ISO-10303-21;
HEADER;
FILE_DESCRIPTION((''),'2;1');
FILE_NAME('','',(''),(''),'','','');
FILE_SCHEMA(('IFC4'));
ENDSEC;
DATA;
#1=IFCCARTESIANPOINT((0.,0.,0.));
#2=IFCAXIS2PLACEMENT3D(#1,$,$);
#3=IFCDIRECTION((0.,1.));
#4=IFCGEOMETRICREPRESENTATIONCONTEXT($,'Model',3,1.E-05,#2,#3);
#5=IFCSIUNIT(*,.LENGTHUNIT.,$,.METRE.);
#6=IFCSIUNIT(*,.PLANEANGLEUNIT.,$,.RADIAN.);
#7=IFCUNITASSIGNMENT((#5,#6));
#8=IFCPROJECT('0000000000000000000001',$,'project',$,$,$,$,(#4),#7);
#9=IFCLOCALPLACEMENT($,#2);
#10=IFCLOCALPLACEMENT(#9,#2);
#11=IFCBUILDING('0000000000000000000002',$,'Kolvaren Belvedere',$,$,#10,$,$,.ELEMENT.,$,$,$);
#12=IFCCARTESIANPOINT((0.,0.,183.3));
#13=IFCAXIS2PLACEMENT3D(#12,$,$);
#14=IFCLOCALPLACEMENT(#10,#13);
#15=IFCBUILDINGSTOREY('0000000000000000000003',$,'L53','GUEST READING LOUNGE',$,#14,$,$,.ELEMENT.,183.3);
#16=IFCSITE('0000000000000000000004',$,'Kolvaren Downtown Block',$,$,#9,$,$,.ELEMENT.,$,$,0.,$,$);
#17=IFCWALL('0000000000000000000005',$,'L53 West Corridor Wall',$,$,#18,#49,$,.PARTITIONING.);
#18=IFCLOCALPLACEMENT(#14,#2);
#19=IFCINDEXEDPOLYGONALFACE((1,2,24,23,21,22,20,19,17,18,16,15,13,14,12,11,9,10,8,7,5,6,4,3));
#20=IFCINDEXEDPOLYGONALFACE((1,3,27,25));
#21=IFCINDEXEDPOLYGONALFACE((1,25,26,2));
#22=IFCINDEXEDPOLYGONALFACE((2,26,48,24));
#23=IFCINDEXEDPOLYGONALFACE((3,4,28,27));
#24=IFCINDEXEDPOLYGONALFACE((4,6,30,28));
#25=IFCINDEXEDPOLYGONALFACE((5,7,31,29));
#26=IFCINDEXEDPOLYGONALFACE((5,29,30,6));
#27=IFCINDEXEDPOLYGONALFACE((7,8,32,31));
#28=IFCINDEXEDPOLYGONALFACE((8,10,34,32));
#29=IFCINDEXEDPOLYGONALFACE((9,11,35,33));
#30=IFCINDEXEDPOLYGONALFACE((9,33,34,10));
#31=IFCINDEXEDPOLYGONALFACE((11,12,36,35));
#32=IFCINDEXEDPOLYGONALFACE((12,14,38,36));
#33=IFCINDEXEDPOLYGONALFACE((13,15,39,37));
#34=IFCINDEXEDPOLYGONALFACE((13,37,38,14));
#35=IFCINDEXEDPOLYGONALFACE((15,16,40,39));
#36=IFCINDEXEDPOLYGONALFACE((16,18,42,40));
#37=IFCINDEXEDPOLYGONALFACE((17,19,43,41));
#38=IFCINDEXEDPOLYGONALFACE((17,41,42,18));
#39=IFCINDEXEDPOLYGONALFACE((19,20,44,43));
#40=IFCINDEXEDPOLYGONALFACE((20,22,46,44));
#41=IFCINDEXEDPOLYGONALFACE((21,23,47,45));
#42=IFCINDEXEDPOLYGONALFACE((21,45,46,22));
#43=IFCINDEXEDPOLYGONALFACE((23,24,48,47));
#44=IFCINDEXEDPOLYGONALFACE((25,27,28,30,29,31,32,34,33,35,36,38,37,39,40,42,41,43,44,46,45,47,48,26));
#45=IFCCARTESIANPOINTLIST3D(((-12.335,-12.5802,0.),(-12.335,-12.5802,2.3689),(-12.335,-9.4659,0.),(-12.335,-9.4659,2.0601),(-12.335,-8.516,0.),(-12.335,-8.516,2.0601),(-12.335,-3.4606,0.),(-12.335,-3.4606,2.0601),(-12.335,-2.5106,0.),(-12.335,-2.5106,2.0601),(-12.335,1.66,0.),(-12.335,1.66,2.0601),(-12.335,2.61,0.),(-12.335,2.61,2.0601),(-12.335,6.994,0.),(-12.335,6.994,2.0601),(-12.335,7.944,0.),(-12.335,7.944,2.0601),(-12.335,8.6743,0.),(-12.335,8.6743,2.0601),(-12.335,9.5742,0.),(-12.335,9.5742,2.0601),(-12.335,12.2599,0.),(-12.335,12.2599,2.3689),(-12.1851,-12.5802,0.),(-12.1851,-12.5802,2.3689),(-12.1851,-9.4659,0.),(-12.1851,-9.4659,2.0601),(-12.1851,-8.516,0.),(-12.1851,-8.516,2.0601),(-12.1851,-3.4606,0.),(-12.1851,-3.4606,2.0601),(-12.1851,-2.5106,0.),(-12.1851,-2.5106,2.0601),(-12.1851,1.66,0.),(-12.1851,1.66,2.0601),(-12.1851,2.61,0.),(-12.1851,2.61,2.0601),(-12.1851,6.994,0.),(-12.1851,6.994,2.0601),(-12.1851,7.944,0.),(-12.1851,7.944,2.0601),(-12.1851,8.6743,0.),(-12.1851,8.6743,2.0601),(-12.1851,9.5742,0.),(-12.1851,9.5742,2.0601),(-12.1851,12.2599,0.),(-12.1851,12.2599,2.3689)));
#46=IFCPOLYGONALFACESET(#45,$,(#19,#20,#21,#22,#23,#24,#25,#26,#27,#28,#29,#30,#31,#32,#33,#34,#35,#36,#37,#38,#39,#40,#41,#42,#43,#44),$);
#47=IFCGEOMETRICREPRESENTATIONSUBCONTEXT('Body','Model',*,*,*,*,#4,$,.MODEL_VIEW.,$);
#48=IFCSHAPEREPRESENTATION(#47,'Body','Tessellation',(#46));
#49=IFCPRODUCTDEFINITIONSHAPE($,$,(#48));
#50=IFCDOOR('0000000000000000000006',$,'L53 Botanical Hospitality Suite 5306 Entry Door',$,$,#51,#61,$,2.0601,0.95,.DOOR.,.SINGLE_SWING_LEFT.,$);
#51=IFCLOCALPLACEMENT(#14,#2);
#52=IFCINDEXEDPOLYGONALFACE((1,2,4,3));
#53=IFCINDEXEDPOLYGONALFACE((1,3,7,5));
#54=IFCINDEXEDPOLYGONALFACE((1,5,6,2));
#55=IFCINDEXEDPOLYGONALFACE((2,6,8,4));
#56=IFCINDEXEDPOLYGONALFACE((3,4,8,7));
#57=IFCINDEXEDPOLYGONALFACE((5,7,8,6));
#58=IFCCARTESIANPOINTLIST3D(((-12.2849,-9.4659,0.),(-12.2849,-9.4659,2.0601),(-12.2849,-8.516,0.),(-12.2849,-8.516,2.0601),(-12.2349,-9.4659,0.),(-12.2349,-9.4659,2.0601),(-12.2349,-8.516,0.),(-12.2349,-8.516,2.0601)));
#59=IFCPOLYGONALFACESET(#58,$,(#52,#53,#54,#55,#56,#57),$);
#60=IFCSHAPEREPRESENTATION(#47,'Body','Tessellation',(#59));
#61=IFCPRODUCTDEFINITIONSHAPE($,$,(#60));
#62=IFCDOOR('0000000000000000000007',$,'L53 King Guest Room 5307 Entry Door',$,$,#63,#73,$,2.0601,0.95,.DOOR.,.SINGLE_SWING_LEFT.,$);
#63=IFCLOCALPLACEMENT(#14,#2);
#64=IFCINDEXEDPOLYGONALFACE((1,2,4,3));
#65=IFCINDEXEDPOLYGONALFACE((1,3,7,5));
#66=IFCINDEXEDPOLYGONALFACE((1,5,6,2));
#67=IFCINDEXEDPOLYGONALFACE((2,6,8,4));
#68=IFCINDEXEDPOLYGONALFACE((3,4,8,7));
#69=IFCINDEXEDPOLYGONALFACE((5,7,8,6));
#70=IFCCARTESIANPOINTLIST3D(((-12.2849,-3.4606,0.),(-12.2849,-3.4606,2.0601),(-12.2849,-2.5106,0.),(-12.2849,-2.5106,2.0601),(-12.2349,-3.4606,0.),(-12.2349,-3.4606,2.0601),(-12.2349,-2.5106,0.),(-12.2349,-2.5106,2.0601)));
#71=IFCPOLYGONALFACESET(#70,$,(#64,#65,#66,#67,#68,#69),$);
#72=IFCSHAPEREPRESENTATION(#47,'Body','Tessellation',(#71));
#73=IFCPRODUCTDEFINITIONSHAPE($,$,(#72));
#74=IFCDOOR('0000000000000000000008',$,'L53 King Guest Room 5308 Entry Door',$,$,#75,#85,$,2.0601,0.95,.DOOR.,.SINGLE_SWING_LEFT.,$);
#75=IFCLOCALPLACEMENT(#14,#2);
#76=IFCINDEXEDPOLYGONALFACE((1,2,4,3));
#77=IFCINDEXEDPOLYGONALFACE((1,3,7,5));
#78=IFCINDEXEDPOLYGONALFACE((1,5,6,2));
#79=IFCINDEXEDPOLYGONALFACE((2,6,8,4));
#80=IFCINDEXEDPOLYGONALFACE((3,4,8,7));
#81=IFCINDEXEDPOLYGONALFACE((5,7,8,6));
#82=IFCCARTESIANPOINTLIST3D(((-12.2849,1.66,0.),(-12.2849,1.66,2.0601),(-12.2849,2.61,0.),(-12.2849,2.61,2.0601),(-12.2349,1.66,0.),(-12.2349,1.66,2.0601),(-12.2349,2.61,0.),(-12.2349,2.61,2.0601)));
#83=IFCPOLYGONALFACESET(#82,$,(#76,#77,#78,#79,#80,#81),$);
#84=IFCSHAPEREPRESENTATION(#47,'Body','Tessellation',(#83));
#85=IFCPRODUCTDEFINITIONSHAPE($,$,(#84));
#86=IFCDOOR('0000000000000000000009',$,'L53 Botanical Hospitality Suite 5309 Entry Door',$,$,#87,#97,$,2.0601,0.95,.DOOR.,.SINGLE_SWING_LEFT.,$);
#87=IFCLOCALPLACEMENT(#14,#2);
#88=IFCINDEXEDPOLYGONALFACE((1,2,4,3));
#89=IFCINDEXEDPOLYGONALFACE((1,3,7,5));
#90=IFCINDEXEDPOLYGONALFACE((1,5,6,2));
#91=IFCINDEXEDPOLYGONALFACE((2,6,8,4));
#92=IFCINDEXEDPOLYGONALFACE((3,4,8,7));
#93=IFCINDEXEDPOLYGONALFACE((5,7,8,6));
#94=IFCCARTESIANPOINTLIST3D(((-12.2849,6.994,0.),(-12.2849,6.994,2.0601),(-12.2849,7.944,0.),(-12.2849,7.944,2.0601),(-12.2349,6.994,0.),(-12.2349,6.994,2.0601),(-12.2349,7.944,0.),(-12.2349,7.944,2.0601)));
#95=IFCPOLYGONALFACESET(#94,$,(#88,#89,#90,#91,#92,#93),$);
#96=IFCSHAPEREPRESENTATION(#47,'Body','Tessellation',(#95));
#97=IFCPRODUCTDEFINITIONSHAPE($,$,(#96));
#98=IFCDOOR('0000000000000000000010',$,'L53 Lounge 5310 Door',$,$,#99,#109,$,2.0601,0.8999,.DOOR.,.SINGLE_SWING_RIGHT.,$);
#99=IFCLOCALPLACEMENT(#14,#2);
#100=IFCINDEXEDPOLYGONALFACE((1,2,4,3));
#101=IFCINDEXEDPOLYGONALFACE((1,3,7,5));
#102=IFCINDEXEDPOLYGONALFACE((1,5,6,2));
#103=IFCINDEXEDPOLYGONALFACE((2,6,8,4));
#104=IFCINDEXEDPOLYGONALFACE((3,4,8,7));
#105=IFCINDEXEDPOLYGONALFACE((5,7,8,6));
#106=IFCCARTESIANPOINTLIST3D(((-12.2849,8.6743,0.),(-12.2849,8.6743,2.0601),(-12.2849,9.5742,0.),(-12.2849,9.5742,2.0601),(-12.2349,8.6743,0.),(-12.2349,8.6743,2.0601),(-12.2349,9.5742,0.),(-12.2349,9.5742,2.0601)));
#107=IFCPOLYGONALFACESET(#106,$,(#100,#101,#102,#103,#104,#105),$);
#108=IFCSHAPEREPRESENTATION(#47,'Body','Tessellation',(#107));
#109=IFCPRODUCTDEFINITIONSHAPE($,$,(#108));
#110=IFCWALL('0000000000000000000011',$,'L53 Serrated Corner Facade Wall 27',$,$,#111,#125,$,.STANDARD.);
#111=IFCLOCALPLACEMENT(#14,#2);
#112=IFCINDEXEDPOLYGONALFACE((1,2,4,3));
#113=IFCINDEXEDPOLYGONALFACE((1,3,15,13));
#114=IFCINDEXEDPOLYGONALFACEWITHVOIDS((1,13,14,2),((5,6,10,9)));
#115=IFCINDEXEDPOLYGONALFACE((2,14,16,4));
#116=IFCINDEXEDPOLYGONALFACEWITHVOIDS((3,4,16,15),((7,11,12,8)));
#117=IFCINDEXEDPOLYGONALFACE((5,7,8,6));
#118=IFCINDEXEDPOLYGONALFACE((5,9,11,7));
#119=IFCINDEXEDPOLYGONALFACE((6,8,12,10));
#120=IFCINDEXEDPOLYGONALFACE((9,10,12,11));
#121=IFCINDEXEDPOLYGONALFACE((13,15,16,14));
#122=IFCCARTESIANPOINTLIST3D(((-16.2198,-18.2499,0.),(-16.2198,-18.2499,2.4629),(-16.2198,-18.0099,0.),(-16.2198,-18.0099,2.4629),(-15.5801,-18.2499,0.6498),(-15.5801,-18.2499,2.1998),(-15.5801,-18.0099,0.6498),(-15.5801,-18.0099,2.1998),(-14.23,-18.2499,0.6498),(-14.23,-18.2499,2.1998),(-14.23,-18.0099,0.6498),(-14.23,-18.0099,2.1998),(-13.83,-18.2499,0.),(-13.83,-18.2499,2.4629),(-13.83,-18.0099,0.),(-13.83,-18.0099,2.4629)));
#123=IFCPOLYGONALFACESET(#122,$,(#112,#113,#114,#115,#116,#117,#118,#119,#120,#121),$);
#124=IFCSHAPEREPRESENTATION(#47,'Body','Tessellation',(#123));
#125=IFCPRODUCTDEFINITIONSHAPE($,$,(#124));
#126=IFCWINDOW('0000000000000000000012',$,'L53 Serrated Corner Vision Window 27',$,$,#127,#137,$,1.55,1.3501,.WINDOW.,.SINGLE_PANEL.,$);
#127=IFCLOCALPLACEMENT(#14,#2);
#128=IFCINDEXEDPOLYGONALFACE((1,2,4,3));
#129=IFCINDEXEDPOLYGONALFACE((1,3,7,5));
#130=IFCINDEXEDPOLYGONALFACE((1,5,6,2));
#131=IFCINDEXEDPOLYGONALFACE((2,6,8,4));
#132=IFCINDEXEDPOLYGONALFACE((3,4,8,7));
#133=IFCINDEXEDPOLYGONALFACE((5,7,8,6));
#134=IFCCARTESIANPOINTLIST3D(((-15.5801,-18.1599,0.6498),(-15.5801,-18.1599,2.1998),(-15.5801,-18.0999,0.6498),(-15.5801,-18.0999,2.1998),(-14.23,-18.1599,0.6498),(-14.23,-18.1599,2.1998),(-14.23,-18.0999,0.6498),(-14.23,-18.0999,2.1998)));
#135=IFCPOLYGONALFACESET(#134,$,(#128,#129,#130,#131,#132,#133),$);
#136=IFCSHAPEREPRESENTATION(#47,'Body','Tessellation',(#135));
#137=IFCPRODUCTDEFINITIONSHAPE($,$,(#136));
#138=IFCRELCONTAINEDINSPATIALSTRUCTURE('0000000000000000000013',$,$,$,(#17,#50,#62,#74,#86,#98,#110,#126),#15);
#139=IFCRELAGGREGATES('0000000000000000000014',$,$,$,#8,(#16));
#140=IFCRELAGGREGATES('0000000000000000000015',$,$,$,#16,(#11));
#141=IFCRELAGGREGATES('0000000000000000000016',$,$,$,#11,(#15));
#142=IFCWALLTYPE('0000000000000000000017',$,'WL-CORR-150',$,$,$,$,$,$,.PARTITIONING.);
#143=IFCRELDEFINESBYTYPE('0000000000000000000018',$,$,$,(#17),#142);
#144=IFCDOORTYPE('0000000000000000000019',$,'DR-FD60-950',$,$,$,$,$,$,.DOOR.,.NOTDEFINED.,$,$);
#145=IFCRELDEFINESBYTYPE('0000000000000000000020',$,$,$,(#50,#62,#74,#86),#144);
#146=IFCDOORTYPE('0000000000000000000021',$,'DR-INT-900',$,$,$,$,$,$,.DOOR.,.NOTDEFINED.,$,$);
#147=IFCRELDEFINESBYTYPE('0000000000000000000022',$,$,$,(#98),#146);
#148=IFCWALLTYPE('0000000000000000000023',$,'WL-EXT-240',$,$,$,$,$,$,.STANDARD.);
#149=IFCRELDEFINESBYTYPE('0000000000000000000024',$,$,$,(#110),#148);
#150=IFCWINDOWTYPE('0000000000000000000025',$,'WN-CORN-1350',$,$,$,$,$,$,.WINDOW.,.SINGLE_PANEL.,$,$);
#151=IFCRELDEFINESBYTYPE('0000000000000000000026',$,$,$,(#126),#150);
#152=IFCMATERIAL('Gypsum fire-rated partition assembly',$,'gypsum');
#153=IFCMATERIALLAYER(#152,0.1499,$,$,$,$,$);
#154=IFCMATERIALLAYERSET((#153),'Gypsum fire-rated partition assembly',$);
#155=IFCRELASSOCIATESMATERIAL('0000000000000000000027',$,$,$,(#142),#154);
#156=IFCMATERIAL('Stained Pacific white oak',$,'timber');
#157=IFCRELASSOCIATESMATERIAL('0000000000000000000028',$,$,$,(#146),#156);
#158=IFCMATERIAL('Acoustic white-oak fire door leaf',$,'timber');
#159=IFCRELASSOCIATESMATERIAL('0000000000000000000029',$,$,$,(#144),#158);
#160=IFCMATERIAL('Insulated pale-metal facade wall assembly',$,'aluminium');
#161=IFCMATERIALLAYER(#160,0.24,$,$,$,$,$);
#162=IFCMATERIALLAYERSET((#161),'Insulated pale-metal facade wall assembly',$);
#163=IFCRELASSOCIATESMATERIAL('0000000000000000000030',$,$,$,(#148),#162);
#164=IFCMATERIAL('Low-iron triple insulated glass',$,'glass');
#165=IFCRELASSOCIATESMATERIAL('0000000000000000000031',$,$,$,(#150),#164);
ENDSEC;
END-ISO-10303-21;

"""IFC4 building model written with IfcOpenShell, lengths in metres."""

from ifc_helpers import new_model, si_unit, direction, frame, frame_2d, origin, place, context, subcontext, project, spatial, rectangle, extrude, material, layer, layer_set, type_object, element, fill, save


model = new_model("IFC4")

# Units and contexts
model_context = context("Model", 3, precision=1e-05, world=origin(), true_north=direction((0.0, 1.0)))
body_context = subcontext(model_context, "Body", "Model", "MODEL_VIEW")
ifc_project = project(units=[si_unit("LENGTHUNIT", "METRE"), si_unit("PLANEANGLEUNIT", "RADIAN")], contexts=[model_context])

# Site, building, storey
site_placement = place(None, origin())
site = spatial("IfcSite", under=ifc_project, at=site_placement, Name="Kolvaren Downtown Block", CompositionType="ELEMENT", RefElevation=0.0)
building_placement = place(site_placement, origin())
building = spatial("IfcBuilding", under=site, at=building_placement, Name="Kolvaren Belvedere", CompositionType="ELEMENT")
storey_placement = place(building_placement, frame((0.0, 0.0, 183.3)))
storey = spatial("IfcBuildingStorey", under=building, at=storey_placement, Name="L53", Description="GUEST READING LOUNGE", CompositionType="ELEMENT", Elevation=183.3)

# Wall, openings, doors
ifc_material_1 = material(Name="Gypsum fire-rated partition assembly", Category="gypsum")
ifc_layer_1 = layer(ifc_material_1, 0.1499)
ifc_layer_set_1 = layer_set([ifc_layer_1], Name="Gypsum fire-rated partition assembly")
wall_type_1 = type_object("IfcWallType", Name="WL-CORR-150", PredefinedType="PARTITIONING", material=ifc_layer_set_1)
ifc_material_2 = material(Name="Stained Pacific white oak", Category="timber")
door_type_1 = type_object("IfcDoorType", Name="DR-INT-900", OperationType="NOTDEFINED", PredefinedType="DOOR", material=ifc_material_2)
wall_1_placement = place(storey_placement, frame((-12.26, -12.5801, 0.0), z_axis=(0.0, 0.0, 1.0), x_axis=(0.0, 1.0, 0.0)))
wall_1 = element("IfcWall", 1, at=wall_1_placement, inside=storey, type_object=wall_type_1, Name="L53 West Corridor Wall", PredefinedType="PARTITIONING", context=body_context, shape_type="SweptSolid", body=[
    extrude(rectangle(XDim=24.8401, YDim=0.1499, at=frame_2d((12.4199, 0.0))), origin(), (0.0, 0.0, 1.0), 2.3689),
])
opening_1_placement = place(wall_1_placement, frame((3.114, 0.0, 0.0)))
opening_1 = element("IfcOpeningElement", 2, at=opening_1_placement, cuts=wall_1, PredefinedType="OPENING", context=body_context, shape_type="SweptSolid", body=[
    extrude(rectangle(XDim=0.95, YDim=2.0601, at=frame_2d((0.4751, 1.03))), frame((0.0, 0.085, 0.0), z_axis=(0.0, -1.0, 0.0), x_axis=(1.0, 0.0, 0.0)), (0.0, 0.0, 1.0), 0.1699),
])
opening_2_placement = place(wall_1_placement, frame((9.1194, 0.0, 0.0)))
opening_2 = element("IfcOpeningElement", 3, at=opening_2_placement, cuts=wall_1, PredefinedType="OPENING", context=body_context, shape_type="SweptSolid", body=[
    extrude(rectangle(XDim=0.95, YDim=2.0601, at=frame_2d((0.4751, 1.03))), frame((0.0, 0.085, 0.0), z_axis=(0.0, -1.0, 0.0), x_axis=(1.0, 0.0, 0.0)), (0.0, 0.0, 1.0), 0.1699),
])
opening_3_placement = place(wall_1_placement, frame((14.24, 0.0, 0.0)))
opening_3 = element("IfcOpeningElement", 4, at=opening_3_placement, cuts=wall_1, PredefinedType="OPENING", context=body_context, shape_type="SweptSolid", body=[
    extrude(rectangle(XDim=0.95, YDim=2.0601, at=frame_2d((0.4751, 1.03))), frame((0.0, 0.085, 0.0), z_axis=(0.0, -1.0, 0.0), x_axis=(1.0, 0.0, 0.0)), (0.0, 0.0, 1.0), 0.1699),
])
opening_4_placement = place(wall_1_placement, frame((19.574, 0.0, 0.0)))
opening_4 = element("IfcOpeningElement", 5, at=opening_4_placement, cuts=wall_1, PredefinedType="OPENING", context=body_context, shape_type="SweptSolid", body=[
    extrude(rectangle(XDim=0.95, YDim=2.0601, at=frame_2d((0.4751, 1.03))), frame((0.0, 0.085, 0.0), z_axis=(0.0, -1.0, 0.0), x_axis=(1.0, 0.0, 0.0)), (0.0, 0.0, 1.0), 0.1699),
])
opening_5_placement = place(wall_1_placement, frame((21.2544, 0.0, 0.0)))
opening_5 = element("IfcOpeningElement", 6, at=opening_5_placement, cuts=wall_1, PredefinedType="OPENING", context=body_context, shape_type="SweptSolid", body=[
    extrude(rectangle(XDim=0.8999, YDim=2.0601, at=frame_2d((0.45, 1.03))), frame((0.0, 0.085, 0.0), z_axis=(0.0, -1.0, 0.0), x_axis=(1.0, 0.0, 0.0)), (0.0, 0.0, 1.0), 0.1699),
])
ifc_material_3 = material(Name="Acoustic white-oak fire door leaf", Category="timber")
door_type_2 = type_object("IfcDoorType", Name="DR-FD60-950", OperationType="NOTDEFINED", PredefinedType="DOOR", material=ifc_material_3)
door_1_placement = place(opening_1_placement, origin())
door_1 = element("IfcDoor", 7, at=door_1_placement, inside=storey, type_object=door_type_2, Name="L53 Botanical Hospitality Suite 5306 Entry Door", OperationType="SINGLE_SWING_LEFT", OverallHeight=2.0601, OverallWidth=0.95, PredefinedType="DOOR", context=body_context, shape_type="SweptSolid", body=[
    extrude(rectangle(XDim=0.95, YDim=2.0601, at=frame_2d((0.4751, 1.03))), frame((0.0, 0.0249, 0.0), z_axis=(0.0, -1.0, 0.0), x_axis=(1.0, 0.0, 0.0)), (0.0, 0.0, 1.0), 0.05),
])
fill(opening_1, door_1)
door_2_placement = place(opening_2_placement, origin())
door_2 = element("IfcDoor", 8, at=door_2_placement, inside=storey, type_object=door_type_2, Name="L53 King Guest Room 5307 Entry Door", OperationType="SINGLE_SWING_LEFT", OverallHeight=2.0601, OverallWidth=0.95, PredefinedType="DOOR", context=body_context, shape_type="SweptSolid", body=[
    extrude(rectangle(XDim=0.95, YDim=2.0601, at=frame_2d((0.4751, 1.03))), frame((0.0, 0.0249, 0.0), z_axis=(0.0, -1.0, 0.0), x_axis=(1.0, 0.0, 0.0)), (0.0, 0.0, 1.0), 0.05),
])
fill(opening_2, door_2)
door_3_placement = place(opening_3_placement, origin())
door_3 = element("IfcDoor", 9, at=door_3_placement, inside=storey, type_object=door_type_2, Name="L53 King Guest Room 5308 Entry Door", OperationType="SINGLE_SWING_LEFT", OverallHeight=2.0601, OverallWidth=0.95, PredefinedType="DOOR", context=body_context, shape_type="SweptSolid", body=[
    extrude(rectangle(XDim=0.95, YDim=2.0601, at=frame_2d((0.4751, 1.03))), frame((0.0, 0.0249, 0.0), z_axis=(0.0, -1.0, 0.0), x_axis=(1.0, 0.0, 0.0)), (0.0, 0.0, 1.0), 0.05),
])
fill(opening_3, door_3)
door_4_placement = place(opening_4_placement, origin())
door_4 = element("IfcDoor", 10, at=door_4_placement, inside=storey, type_object=door_type_2, Name="L53 Botanical Hospitality Suite 5309 Entry Door", OperationType="SINGLE_SWING_LEFT", OverallHeight=2.0601, OverallWidth=0.95, PredefinedType="DOOR", context=body_context, shape_type="SweptSolid", body=[
    extrude(rectangle(XDim=0.95, YDim=2.0601, at=frame_2d((0.4751, 1.03))), frame((0.0, 0.0249, 0.0), z_axis=(0.0, -1.0, 0.0), x_axis=(1.0, 0.0, 0.0)), (0.0, 0.0, 1.0), 0.05),
])
fill(opening_4, door_4)
door_5_placement = place(opening_5_placement, origin())
door_5 = element("IfcDoor", 11, at=door_5_placement, inside=storey, type_object=door_type_1, Name="L53 Lounge 5310 Door", OperationType="SINGLE_SWING_RIGHT", OverallHeight=2.0601, OverallWidth=0.8999, PredefinedType="DOOR", context=body_context, shape_type="SweptSolid", body=[
    extrude(rectangle(XDim=0.8999, YDim=2.0601, at=frame_2d((0.45, 1.03))), frame((0.0, 0.0249, 0.0), z_axis=(0.0, -1.0, 0.0), x_axis=(1.0, 0.0, 0.0)), (0.0, 0.0, 1.0), 0.05),
])
fill(opening_5, door_5)

# Wall, opening, window
ifc_material_4 = material(Name="Insulated pale-metal facade wall assembly", Category="aluminium")
ifc_layer_2 = layer(ifc_material_4, 0.24)
ifc_layer_set_2 = layer_set([ifc_layer_2], Name="Insulated pale-metal facade wall assembly")
wall_type_2 = type_object("IfcWallType", Name="WL-EXT-240", PredefinedType="STANDARD", material=ifc_layer_set_2)
wall_2_placement = place(storey_placement, frame((-13.8301, -18.1299, 0.0), z_axis=(0.0, 0.0, 1.0), x_axis=(-1.0, 0.0, 0.0)))
wall_2 = element("IfcWall", 12, at=wall_2_placement, inside=storey, type_object=wall_type_2, Name="L53 Serrated Corner Facade Wall 27", PredefinedType="STANDARD", context=body_context, shape_type="SweptSolid", body=[
    extrude(rectangle(XDim=2.3899, YDim=0.24, at=frame_2d((1.1948, 0.0))), origin(), (0.0, 0.0, 1.0), 2.4629),
])
opening_6_placement = place(wall_2_placement, frame((0.3999, 0.0, 0.6499)))
opening_6 = element("IfcOpeningElement", 13, at=opening_6_placement, cuts=wall_2, PredefinedType="OPENING", context=body_context, shape_type="SweptSolid", body=[
    extrude(rectangle(XDim=1.3501, YDim=1.55, at=frame_2d((0.675, 0.7749))), frame((0.0, 0.1299, 0.0), z_axis=(0.0, -1.0, 0.0), x_axis=(1.0, 0.0, 0.0)), (0.0, 0.0, 1.0), 0.26),
])
ifc_material_5 = material(Name="Low-iron triple insulated glass", Category="glass")
window_type = type_object("IfcWindowType", Name="WN-CORN-1350", PartitioningType="SINGLE_PANEL", PredefinedType="WINDOW", material=ifc_material_5)
window_placement = place(opening_6_placement, origin())
window = element("IfcWindow", 14, at=window_placement, inside=storey, type_object=window_type, Name="L53 Serrated Corner Vision Window 27", OverallHeight=1.55, OverallWidth=1.3501, PartitioningType="SINGLE_PANEL", PredefinedType="WINDOW", context=body_context, shape_type="SweptSolid", body=[
    extrude(rectangle(XDim=1.3501, YDim=1.55, at=frame_2d((0.675, 0.7749))), frame((0.0, 0.03, 0.0), z_axis=(0.0, -1.0, 0.0), x_axis=(1.0, 0.0, 0.0)), (0.0, 0.0, 1.0), 0.0601),
])
fill(opening_6, window)

save(model, "model.ifc")
